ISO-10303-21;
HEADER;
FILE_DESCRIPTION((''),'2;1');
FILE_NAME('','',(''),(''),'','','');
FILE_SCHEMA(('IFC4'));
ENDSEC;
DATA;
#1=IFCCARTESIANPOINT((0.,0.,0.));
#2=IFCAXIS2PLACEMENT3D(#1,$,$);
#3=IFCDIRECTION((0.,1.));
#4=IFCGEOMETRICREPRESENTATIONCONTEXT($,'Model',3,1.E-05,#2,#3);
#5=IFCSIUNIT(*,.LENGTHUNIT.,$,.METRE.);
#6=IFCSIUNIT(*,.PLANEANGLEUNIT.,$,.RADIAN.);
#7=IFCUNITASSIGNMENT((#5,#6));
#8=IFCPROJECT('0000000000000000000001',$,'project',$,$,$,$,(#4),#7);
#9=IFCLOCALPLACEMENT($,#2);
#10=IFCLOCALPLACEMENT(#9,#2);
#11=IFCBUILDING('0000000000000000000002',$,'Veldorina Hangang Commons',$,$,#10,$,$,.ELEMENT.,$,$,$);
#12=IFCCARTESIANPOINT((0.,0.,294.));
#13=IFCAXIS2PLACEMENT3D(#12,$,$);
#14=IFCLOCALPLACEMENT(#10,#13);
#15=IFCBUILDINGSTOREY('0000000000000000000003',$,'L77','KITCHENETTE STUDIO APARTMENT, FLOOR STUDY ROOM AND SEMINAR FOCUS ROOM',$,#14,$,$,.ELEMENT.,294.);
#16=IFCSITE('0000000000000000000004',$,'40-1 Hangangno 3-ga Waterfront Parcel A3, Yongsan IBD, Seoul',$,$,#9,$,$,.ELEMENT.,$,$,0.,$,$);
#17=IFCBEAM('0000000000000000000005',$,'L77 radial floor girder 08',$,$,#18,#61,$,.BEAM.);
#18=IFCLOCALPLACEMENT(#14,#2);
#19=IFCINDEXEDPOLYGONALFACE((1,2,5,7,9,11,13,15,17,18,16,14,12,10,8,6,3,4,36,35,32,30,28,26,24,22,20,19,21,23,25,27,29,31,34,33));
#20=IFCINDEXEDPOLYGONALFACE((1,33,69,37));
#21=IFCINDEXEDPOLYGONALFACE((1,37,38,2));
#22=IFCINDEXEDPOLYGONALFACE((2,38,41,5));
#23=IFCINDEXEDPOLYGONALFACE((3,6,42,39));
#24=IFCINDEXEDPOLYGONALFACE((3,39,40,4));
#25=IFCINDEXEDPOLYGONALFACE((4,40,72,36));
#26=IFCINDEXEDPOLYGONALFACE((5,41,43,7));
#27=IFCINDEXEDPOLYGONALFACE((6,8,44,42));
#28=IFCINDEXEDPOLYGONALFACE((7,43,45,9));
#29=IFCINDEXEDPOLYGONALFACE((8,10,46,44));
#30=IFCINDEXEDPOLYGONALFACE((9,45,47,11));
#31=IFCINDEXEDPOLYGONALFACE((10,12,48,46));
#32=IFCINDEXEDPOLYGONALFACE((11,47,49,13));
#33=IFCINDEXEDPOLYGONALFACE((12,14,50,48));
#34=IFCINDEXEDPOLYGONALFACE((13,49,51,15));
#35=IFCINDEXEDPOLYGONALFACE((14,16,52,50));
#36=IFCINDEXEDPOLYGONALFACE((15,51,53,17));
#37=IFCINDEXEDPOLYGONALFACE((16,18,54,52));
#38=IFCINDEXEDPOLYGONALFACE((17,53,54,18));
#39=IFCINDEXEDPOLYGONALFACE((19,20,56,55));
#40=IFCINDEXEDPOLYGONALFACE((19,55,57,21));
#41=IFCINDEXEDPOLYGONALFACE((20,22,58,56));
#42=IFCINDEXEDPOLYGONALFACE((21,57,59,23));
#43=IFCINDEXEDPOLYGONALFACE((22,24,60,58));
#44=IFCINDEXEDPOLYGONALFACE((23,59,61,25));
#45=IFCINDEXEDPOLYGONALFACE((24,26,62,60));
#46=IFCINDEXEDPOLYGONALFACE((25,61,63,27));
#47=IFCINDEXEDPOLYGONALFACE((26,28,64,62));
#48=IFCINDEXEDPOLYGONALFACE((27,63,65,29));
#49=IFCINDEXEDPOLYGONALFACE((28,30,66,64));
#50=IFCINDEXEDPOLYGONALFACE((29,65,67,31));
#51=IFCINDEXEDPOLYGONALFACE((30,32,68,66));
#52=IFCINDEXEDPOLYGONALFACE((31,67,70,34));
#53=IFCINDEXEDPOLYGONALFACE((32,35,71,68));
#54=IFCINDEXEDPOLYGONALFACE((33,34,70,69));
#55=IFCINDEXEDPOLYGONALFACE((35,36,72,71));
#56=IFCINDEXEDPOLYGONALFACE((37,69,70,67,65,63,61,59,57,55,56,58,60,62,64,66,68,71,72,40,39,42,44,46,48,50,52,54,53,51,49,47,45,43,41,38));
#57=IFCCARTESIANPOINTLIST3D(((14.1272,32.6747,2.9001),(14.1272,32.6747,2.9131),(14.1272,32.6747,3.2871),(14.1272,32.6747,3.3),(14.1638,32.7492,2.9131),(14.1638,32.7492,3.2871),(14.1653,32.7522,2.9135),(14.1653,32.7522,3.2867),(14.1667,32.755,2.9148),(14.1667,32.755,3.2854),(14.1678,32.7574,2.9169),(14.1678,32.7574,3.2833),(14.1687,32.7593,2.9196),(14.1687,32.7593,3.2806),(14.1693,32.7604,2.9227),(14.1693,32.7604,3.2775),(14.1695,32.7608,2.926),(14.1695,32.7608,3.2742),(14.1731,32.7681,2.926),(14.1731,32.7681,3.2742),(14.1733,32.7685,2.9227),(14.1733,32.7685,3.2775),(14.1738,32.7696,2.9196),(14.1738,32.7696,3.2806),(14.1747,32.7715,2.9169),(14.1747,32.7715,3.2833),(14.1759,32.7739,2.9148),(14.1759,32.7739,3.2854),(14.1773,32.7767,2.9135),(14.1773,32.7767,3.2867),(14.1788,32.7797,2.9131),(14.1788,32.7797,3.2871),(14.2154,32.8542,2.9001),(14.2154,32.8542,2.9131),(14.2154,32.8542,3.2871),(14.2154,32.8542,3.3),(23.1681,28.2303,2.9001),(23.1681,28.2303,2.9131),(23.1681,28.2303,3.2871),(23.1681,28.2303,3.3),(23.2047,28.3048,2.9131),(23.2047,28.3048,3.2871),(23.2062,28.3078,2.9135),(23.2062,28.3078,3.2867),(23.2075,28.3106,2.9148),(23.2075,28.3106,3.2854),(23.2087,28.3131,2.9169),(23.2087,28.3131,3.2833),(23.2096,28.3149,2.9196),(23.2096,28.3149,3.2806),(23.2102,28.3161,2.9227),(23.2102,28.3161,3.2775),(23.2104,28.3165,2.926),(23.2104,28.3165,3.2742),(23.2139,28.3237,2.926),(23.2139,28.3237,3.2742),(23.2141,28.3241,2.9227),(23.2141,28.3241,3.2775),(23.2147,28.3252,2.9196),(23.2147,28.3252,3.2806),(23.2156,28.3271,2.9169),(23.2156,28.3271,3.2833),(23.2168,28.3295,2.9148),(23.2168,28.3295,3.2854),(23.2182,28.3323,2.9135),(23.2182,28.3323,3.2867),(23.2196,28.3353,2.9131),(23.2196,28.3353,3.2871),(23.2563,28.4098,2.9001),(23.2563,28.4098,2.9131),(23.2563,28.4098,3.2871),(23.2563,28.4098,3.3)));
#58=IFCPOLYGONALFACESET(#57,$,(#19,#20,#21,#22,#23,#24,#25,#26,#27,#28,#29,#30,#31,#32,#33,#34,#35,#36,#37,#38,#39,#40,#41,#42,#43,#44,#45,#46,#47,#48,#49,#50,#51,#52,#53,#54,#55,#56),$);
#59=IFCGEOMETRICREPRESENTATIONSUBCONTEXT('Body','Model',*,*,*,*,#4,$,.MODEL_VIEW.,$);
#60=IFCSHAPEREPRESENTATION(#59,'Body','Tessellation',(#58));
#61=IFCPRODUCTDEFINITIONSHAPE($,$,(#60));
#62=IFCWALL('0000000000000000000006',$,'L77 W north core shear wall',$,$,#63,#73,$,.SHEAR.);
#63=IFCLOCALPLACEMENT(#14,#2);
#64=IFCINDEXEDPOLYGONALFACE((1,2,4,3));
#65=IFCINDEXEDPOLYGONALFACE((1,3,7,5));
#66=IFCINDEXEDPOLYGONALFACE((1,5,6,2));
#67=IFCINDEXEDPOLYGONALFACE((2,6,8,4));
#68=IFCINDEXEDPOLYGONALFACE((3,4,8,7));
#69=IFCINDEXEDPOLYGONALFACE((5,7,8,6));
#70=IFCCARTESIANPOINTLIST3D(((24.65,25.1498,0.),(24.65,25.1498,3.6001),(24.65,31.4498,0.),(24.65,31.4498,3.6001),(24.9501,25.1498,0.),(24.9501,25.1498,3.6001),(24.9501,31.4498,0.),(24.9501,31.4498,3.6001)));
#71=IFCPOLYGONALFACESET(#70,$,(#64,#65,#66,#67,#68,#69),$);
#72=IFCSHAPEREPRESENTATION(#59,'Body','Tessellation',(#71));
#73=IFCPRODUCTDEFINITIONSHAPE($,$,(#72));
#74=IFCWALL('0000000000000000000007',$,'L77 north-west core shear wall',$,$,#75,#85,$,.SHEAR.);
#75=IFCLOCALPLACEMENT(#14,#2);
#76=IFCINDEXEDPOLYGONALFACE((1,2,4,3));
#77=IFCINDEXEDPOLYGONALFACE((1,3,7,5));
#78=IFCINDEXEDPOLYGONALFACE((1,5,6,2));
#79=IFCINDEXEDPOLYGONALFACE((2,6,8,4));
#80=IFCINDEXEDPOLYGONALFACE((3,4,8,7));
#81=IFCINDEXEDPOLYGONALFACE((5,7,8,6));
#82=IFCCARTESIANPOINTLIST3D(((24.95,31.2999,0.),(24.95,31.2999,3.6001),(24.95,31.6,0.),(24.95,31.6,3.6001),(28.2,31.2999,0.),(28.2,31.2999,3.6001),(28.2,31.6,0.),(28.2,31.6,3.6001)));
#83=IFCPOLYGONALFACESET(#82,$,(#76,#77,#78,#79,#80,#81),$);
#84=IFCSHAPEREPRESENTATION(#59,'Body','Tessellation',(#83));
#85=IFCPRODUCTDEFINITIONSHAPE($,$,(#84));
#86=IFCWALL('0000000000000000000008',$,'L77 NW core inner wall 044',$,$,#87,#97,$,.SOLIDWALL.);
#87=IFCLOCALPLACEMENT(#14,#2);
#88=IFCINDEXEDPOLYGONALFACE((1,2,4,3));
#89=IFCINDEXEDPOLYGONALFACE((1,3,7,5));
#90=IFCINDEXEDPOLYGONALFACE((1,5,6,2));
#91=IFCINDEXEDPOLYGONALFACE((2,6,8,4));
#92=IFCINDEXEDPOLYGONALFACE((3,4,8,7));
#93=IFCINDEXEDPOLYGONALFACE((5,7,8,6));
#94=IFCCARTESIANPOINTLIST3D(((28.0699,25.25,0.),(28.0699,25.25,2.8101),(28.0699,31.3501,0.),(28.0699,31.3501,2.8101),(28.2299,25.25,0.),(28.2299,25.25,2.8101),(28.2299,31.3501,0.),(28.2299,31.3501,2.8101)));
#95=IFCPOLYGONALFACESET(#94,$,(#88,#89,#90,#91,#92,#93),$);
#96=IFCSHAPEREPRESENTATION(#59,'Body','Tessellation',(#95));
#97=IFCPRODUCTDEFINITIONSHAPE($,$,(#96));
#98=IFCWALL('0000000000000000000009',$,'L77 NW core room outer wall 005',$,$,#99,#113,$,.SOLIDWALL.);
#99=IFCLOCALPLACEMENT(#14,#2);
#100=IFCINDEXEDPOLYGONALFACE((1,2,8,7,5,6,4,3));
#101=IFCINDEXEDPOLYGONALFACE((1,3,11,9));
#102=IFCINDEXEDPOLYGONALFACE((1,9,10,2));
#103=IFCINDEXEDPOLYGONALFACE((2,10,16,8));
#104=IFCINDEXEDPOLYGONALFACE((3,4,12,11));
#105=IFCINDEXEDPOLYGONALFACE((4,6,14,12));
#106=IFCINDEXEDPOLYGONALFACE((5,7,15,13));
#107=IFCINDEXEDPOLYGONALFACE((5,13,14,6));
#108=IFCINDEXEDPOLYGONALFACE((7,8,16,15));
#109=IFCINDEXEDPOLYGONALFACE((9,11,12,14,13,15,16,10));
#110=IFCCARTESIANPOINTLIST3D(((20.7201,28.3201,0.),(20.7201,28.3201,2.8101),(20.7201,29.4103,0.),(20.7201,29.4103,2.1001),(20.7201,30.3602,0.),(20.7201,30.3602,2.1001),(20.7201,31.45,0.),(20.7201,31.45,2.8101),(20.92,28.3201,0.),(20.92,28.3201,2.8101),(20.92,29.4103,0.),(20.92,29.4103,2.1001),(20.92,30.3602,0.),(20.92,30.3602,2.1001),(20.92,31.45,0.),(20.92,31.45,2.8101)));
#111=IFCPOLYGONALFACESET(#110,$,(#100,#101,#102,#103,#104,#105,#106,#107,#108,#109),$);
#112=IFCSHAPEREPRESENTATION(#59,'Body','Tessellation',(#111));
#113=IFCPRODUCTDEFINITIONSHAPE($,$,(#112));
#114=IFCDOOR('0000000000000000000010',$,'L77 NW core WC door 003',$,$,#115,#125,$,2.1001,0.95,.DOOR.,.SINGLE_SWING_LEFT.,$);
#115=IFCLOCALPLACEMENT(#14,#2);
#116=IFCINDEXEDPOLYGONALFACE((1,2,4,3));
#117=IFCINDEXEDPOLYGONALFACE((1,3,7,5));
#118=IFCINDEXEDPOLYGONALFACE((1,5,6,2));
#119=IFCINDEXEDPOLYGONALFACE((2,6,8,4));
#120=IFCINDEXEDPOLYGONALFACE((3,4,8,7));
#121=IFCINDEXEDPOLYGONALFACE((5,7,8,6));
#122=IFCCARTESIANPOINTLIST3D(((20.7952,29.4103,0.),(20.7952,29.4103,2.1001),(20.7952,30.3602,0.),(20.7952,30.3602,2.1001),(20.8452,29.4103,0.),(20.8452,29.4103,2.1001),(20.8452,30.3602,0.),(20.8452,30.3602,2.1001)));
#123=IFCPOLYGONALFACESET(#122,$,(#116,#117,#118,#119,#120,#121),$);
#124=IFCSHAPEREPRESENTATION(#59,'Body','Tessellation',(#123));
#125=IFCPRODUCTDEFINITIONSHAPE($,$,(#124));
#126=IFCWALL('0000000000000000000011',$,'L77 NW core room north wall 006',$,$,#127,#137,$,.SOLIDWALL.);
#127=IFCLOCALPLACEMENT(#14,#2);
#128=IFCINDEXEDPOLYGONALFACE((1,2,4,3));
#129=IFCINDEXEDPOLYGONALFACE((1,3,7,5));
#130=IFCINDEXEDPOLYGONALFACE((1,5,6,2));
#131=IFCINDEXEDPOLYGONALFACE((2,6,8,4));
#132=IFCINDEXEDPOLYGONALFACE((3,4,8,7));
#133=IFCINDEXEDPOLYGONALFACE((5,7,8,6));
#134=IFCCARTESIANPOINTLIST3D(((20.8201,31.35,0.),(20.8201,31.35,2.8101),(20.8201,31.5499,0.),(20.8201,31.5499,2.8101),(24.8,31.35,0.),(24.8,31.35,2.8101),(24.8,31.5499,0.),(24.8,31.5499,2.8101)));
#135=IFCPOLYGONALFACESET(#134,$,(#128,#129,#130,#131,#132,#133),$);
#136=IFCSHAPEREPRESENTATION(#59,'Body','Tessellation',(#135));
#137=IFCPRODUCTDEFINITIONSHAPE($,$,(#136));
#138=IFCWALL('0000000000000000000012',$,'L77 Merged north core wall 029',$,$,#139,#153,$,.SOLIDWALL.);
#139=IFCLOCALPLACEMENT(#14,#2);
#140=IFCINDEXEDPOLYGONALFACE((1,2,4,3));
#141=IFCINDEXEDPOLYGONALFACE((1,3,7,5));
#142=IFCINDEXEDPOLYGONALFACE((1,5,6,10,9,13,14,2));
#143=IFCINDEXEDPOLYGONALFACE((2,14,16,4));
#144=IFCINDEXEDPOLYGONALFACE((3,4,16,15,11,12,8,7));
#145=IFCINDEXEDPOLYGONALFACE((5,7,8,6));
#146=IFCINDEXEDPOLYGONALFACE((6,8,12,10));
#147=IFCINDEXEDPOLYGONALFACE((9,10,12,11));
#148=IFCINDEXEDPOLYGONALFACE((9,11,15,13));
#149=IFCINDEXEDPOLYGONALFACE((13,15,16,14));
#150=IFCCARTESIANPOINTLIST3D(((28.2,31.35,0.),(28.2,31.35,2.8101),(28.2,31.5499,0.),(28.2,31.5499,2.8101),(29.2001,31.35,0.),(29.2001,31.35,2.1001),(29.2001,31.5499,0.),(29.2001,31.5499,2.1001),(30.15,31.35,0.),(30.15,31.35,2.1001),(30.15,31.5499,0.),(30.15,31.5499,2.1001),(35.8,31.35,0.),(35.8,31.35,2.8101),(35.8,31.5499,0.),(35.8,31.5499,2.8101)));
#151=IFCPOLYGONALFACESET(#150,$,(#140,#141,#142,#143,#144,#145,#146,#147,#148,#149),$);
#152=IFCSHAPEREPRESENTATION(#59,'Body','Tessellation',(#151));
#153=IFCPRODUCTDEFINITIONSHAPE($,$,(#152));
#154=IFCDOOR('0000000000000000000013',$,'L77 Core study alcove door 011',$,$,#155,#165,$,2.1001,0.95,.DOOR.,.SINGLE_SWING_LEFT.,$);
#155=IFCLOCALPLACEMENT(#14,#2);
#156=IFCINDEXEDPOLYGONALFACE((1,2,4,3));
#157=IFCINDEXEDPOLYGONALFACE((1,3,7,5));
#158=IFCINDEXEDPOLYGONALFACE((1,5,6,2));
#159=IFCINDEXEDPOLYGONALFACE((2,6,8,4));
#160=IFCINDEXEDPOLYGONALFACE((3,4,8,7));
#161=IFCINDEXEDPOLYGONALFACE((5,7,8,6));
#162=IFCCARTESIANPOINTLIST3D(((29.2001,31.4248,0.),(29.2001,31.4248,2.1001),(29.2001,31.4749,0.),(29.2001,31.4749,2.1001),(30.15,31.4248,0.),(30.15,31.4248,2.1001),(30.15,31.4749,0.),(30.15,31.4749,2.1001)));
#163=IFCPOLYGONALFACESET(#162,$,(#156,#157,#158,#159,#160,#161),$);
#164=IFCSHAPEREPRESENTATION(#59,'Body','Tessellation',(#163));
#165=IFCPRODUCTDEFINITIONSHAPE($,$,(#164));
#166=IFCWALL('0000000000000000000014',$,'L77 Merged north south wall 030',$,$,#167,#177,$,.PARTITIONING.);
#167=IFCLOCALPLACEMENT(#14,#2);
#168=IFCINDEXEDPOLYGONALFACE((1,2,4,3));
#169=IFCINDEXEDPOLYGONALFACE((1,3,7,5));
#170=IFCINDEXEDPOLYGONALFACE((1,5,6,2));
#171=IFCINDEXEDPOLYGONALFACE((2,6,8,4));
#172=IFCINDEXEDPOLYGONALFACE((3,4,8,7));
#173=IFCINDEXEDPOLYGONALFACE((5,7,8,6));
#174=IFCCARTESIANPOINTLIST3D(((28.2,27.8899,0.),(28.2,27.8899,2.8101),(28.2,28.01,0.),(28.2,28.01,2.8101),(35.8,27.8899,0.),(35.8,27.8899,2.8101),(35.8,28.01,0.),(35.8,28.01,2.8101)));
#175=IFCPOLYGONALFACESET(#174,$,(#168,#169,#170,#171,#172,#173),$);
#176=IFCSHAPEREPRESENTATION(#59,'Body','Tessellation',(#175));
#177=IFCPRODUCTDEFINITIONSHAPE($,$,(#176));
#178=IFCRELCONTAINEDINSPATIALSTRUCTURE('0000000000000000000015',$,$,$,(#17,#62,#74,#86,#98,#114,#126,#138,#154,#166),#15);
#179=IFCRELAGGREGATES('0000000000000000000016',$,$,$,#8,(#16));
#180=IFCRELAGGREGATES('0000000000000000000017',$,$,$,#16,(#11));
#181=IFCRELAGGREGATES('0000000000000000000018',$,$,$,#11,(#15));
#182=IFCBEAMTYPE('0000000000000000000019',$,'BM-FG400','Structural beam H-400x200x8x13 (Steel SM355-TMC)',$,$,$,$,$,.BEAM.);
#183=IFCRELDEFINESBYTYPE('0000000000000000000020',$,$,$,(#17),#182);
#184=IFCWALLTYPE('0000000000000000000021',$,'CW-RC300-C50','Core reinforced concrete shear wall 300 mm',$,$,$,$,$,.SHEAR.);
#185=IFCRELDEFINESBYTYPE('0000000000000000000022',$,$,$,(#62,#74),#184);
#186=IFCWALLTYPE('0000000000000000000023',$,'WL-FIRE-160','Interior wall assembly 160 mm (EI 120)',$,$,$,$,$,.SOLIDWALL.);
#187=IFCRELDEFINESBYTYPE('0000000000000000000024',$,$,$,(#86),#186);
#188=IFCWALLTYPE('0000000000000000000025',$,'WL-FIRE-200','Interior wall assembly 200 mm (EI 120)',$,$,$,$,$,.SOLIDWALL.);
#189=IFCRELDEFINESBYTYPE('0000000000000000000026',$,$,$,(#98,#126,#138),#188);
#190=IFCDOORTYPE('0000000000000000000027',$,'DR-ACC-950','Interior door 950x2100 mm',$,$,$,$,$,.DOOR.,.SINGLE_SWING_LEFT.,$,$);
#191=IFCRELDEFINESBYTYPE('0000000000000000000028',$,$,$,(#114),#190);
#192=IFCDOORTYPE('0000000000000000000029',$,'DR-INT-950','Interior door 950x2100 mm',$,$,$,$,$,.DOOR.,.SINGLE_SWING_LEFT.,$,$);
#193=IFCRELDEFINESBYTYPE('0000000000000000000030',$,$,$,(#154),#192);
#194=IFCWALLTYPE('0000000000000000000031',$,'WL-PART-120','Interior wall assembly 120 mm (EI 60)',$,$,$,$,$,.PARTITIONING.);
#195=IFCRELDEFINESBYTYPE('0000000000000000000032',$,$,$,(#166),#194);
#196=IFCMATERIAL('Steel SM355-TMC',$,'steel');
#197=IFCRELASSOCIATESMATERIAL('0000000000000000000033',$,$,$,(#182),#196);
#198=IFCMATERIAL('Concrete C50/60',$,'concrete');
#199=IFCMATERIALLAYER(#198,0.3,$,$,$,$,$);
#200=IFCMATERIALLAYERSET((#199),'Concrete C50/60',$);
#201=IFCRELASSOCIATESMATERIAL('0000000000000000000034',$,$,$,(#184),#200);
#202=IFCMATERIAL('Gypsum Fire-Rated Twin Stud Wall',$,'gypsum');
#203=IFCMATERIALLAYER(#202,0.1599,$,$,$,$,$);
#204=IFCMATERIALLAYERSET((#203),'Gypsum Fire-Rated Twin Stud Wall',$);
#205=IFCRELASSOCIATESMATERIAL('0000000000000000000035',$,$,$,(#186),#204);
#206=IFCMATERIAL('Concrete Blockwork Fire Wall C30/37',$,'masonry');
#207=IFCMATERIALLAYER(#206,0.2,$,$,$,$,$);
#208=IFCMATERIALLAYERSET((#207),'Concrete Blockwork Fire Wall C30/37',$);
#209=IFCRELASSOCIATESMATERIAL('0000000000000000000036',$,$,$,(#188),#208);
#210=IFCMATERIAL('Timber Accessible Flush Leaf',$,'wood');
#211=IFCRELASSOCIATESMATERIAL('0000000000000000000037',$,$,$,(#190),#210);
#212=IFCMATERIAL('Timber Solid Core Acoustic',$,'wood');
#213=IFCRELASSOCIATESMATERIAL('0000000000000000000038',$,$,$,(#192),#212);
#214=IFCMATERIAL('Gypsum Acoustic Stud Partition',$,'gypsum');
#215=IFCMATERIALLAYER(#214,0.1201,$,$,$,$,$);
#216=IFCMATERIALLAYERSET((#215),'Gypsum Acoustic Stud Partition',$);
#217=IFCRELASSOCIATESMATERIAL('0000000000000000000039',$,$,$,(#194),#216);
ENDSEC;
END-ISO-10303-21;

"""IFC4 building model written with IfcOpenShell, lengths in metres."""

from ifc_helpers import new_model, si_unit, direction, frame, frame_2d, origin, origin_2d, place, context, subcontext, project, spatial, rectangle, i_section, extrude, material, layer, layer_set, material_profile, profile_set, type_object, element, fill, save


model = new_model("IFC4")

# Units and contexts
model_context = context("Model", 3, precision=1e-05, world=origin(), true_north=direction((0.0, 1.0)))
body_context = subcontext(model_context, "Body", "Model", "MODEL_VIEW")
ifc_project = project(units=[si_unit("LENGTHUNIT", "METRE"), si_unit("PLANEANGLEUNIT", "RADIAN")], contexts=[model_context])

# Site, building, storey
site_placement = place(None, origin())
site = spatial("IfcSite", under=ifc_project, at=site_placement, Name="40-1 Hangangno 3-ga Waterfront Parcel A3, Yongsan IBD, Seoul", CompositionType="ELEMENT", RefElevation=0.0)
building_placement = place(site_placement, origin())
building = spatial("IfcBuilding", under=site, at=building_placement, Name="Veldorina Hangang Commons", CompositionType="ELEMENT")
storey_placement = place(building_placement, frame((0.0, 0.0, 294.0)))
storey = spatial("IfcBuildingStorey", under=building, at=storey_placement, Name="L77", Description="KITCHENETTE STUDIO APARTMENT, FLOOR STUDY ROOM AND SEMINAR FOCUS ROOM", CompositionType="ELEMENT", Elevation=294.0)

# Beam
ifc_material_1 = material(Name="Concrete C50/60", Category="concrete")
ifc_material_2 = material(Name="Steel SM355-TMC", Category="steel")
ifc_material_profile_1 = material_profile(ifc_material_2, i_section(OverallWidth=0.2, OverallDepth=0.3999, WebThickness=0.0081, FlangeThickness=0.0129, FilletRadius=0.0129, at=origin_2d()), Name="H-400x200x8x13")
ifc_profile_set_1 = profile_set([ifc_material_profile_1], Name="Steel SM355-TMC")
beam_type_1 = type_object("IfcBeamType", Name="BM-FG400", Description="Structural beam H-400x200x8x13 (Steel SM355-TMC)", PredefinedType="BEAM", material=ifc_profile_set_1)
beam_1_placement = place(storey_placement, frame((23.2122, 28.3201, 3.1001), z_axis=(-0.897426, 0.441164, 0.0), x_axis=(-0.441164, -0.897426, 0.0)))
element("IfcBeam", 1, at=beam_1_placement, inside=storey, type_object=beam_type_1, Name="L77 radial floor girder 08", PredefinedType="BEAM", context=body_context, shape_type="SweptSolid", body=[
    extrude(i_section(OverallWidth=0.2, OverallDepth=0.3999, WebThickness=0.0081, FlangeThickness=0.0129, FilletRadius=0.0129, at=origin_2d()), origin(), (0.0, 0.0, 1.0), 10.0742),
])

# Walls
ifc_layer_1 = layer(ifc_material_1, 0.3)
ifc_layer_set_1 = layer_set([ifc_layer_1], Name="Concrete C50/60")
wall_type_1 = type_object("IfcWallType", Name="CW-RC300-C50", Description="Core reinforced concrete shear wall 300 mm", PredefinedType="SHEAR", material=ifc_layer_set_1)
wall_1_placement = place(storey_placement, frame((24.8, 25.1499, 0.0), z_axis=(0.0, 0.0, 1.0), x_axis=(0.0, 1.0, 0.0)))
element("IfcWall", 2, at=wall_1_placement, inside=storey, type_object=wall_type_1, Name="L77 W north core shear wall", PredefinedType="SHEAR", context=body_context, shape_type="SweptSolid", body=[
    extrude(rectangle(XDim=6.3, YDim=0.3, at=frame_2d((3.1499, 0.0))), origin(), (0.0, 0.0, 1.0), 3.6001),
])
wall_2_placement = place(storey_placement, frame((24.95, 31.45, 0.0), z_axis=(0.0, 0.0, 1.0), x_axis=(1.0, 0.0, 0.0)))
element("IfcWall", 3, at=wall_2_placement, inside=storey, type_object=wall_type_1, Name="L77 north-west core shear wall", PredefinedType="SHEAR", context=body_context, shape_type="SweptSolid", body=[
    extrude(rectangle(XDim=3.25, YDim=0.3, at=frame_2d((1.625, 0.0))), origin(), (0.0, 0.0, 1.0), 3.6001),
])
ifc_material_3 = material(Name="Gypsum Fire-Rated Twin Stud Wall", Category="gypsum")
ifc_layer_2 = layer(ifc_material_3, 0.1599)
ifc_layer_set_2 = layer_set([ifc_layer_2], Name="Gypsum Fire-Rated Twin Stud Wall")
wall_type_2 = type_object("IfcWallType", Name="WL-FIRE-160", Description="Interior wall assembly 160 mm (EI 120)", PredefinedType="SOLIDWALL", material=ifc_layer_set_2)
wall_3_placement = place(storey_placement, frame((28.1499, 25.25, 0.0), z_axis=(0.0, 0.0, 1.0), x_axis=(0.0, 1.0, 0.0)))
element("IfcWall", 4, at=wall_3_placement, inside=storey, type_object=wall_type_2, Name="L77 NW core inner wall 044", PredefinedType="SOLIDWALL", context=body_context, shape_type="SweptSolid", body=[
    extrude(rectangle(XDim=6.1001, YDim=0.1599, at=frame_2d((3.05, 0.0))), origin(), (0.0, 0.0, 1.0), 2.8101),
])

# Wall, opening, door
ifc_material_4 = material(Name="Concrete Blockwork Fire Wall C30/37", Category="masonry")
ifc_layer_3 = layer(ifc_material_4, 0.2)
ifc_layer_set_3 = layer_set([ifc_layer_3], Name="Concrete Blockwork Fire Wall C30/37")
wall_type_3 = type_object("IfcWallType", Name="WL-FIRE-200", Description="Interior wall assembly 200 mm (EI 120)", PredefinedType="SOLIDWALL", material=ifc_layer_set_3)
wall_4_placement = place(storey_placement, frame((20.8201, 28.3201, 0.0), z_axis=(0.0, 0.0, 1.0), x_axis=(0.0, 1.0, 0.0)))
wall_4 = element("IfcWall", 5, at=wall_4_placement, inside=storey, type_object=wall_type_3, Name="L77 NW core room outer wall 005", PredefinedType="SOLIDWALL", context=body_context, shape_type="SweptSolid", body=[
    extrude(rectangle(XDim=3.1299, YDim=0.2, at=frame_2d((1.5649, 0.0))), origin(), (0.0, 0.0, 1.0), 2.8101),
])
opening_1_placement = place(wall_4_placement, frame((1.0901, 0.0, 0.0)))
opening_1 = element("IfcOpeningElement", 6, at=opening_1_placement, cuts=wall_4, PredefinedType="OPENING", context=body_context, shape_type="SweptSolid", body=[
    extrude(rectangle(XDim=0.95, YDim=2.1001, at=frame_2d((0.4751, 1.05))), frame((0.0, 0.1099, 0.0), z_axis=(0.0, -1.0, 0.0), x_axis=(1.0, 0.0, 0.0)), (0.0, 0.0, 1.0), 0.22),
])
ifc_material_5 = material(Name="Timber Accessible Flush Leaf", Category="wood")
door_type_1 = type_object("IfcDoorType", Name="DR-ACC-950", Description="Interior door 950x2100 mm", OperationType="SINGLE_SWING_LEFT", PredefinedType="DOOR", material=ifc_material_5)
door_1_placement = place(opening_1_placement, origin())
door_1 = element("IfcDoor", 7, at=door_1_placement, inside=storey, type_object=door_type_1, Name="L77 NW core WC door 003", OperationType="SINGLE_SWING_LEFT", OverallHeight=2.1001, OverallWidth=0.95, PredefinedType="DOOR", context=body_context, shape_type="SweptSolid", body=[
    extrude(rectangle(XDim=0.95, YDim=2.1001, at=frame_2d((0.4751, 1.05))), frame((0.0, 0.0249, 0.0), z_axis=(0.0, -1.0, 0.0), x_axis=(1.0, 0.0, 0.0)), (0.0, 0.0, 1.0), 0.05),
])
fill(opening_1, door_1)

# Wall
wall_5_placement = place(storey_placement, frame((20.8201, 31.45, 0.0), z_axis=(0.0, 0.0, 1.0), x_axis=(1.0, 0.0, 0.0)))
element("IfcWall", 8, at=wall_5_placement, inside=storey, type_object=wall_type_3, Name="L77 NW core room north wall 006", PredefinedType="SOLIDWALL", context=body_context, shape_type="SweptSolid", body=[
    extrude(rectangle(XDim=3.98, YDim=0.2, at=frame_2d((1.99, 0.0))), origin(), (0.0, 0.0, 1.0), 2.8101),
])

# Wall, opening, door
wall_6_placement = place(storey_placement, frame((28.2, 31.45, 0.0), z_axis=(0.0, 0.0, 1.0), x_axis=(1.0, 0.0, 0.0)))
wall_6 = element("IfcWall", 9, at=wall_6_placement, inside=storey, type_object=wall_type_3, Name="L77 Merged north core wall 029", PredefinedType="SOLIDWALL", context=body_context, shape_type="SweptSolid", body=[
    extrude(rectangle(XDim=7.6001, YDim=0.2, at=frame_2d((3.8, 0.0))), origin(), (0.0, 0.0, 1.0), 2.8101),
])
opening_2_placement = place(wall_6_placement, frame((1.0, 0.0, 0.0)))
opening_2 = element("IfcOpeningElement", 10, at=opening_2_placement, cuts=wall_6, PredefinedType="OPENING", context=body_context, shape_type="SweptSolid", body=[
    extrude(rectangle(XDim=0.95, YDim=2.1001, at=frame_2d((0.4751, 1.05))), frame((0.0, 0.1099, 0.0), z_axis=(0.0, -1.0, 0.0), x_axis=(1.0, 0.0, 0.0)), (0.0, 0.0, 1.0), 0.22),
])
ifc_material_6 = material(Name="Timber Solid Core Acoustic", Category="wood")
door_type_2 = type_object("IfcDoorType", Name="DR-INT-950", Description="Interior door 950x2100 mm", OperationType="SINGLE_SWING_LEFT", PredefinedType="DOOR", material=ifc_material_6)
door_2_placement = place(opening_2_placement, origin())
door_2 = element("IfcDoor", 11, at=door_2_placement, inside=storey, type_object=door_type_2, Name="L77 Core study alcove door 011", OperationType="SINGLE_SWING_LEFT", OverallHeight=2.1001, OverallWidth=0.95, PredefinedType="DOOR", context=body_context, shape_type="SweptSolid", body=[
    extrude(rectangle(XDim=0.95, YDim=2.1001, at=frame_2d((0.4751, 1.05))), frame((0.0, 0.0249, 0.0), z_axis=(0.0, -1.0, 0.0), x_axis=(1.0, 0.0, 0.0)), (0.0, 0.0, 1.0), 0.05),
])
fill(opening_2, door_2)

# Wall
ifc_material_7 = material(Name="Gypsum Acoustic Stud Partition", Category="gypsum")
ifc_layer_4 = layer(ifc_material_7, 0.1201)
ifc_layer_set_4 = layer_set([ifc_layer_4], Name="Gypsum Acoustic Stud Partition")
wall_type_4 = type_object("IfcWallType", Name="WL-PART-120", Description="Interior wall assembly 120 mm (EI 60)", PredefinedType="PARTITIONING", material=ifc_layer_set_4)
wall_7_placement = place(storey_placement, frame((28.2, 27.95, 0.0), z_axis=(0.0, 0.0, 1.0), x_axis=(1.0, 0.0, 0.0)))
element("IfcWall", 12, at=wall_7_placement, inside=storey, type_object=wall_type_4, Name="L77 Merged north south wall 030", PredefinedType="PARTITIONING", context=body_context, shape_type="SweptSolid", body=[
    extrude(rectangle(XDim=7.6001, YDim=0.1201, at=frame_2d((3.8, 0.0))), origin(), (0.0, 0.0, 1.0), 2.8101),
])

save(model, "model.ifc")
